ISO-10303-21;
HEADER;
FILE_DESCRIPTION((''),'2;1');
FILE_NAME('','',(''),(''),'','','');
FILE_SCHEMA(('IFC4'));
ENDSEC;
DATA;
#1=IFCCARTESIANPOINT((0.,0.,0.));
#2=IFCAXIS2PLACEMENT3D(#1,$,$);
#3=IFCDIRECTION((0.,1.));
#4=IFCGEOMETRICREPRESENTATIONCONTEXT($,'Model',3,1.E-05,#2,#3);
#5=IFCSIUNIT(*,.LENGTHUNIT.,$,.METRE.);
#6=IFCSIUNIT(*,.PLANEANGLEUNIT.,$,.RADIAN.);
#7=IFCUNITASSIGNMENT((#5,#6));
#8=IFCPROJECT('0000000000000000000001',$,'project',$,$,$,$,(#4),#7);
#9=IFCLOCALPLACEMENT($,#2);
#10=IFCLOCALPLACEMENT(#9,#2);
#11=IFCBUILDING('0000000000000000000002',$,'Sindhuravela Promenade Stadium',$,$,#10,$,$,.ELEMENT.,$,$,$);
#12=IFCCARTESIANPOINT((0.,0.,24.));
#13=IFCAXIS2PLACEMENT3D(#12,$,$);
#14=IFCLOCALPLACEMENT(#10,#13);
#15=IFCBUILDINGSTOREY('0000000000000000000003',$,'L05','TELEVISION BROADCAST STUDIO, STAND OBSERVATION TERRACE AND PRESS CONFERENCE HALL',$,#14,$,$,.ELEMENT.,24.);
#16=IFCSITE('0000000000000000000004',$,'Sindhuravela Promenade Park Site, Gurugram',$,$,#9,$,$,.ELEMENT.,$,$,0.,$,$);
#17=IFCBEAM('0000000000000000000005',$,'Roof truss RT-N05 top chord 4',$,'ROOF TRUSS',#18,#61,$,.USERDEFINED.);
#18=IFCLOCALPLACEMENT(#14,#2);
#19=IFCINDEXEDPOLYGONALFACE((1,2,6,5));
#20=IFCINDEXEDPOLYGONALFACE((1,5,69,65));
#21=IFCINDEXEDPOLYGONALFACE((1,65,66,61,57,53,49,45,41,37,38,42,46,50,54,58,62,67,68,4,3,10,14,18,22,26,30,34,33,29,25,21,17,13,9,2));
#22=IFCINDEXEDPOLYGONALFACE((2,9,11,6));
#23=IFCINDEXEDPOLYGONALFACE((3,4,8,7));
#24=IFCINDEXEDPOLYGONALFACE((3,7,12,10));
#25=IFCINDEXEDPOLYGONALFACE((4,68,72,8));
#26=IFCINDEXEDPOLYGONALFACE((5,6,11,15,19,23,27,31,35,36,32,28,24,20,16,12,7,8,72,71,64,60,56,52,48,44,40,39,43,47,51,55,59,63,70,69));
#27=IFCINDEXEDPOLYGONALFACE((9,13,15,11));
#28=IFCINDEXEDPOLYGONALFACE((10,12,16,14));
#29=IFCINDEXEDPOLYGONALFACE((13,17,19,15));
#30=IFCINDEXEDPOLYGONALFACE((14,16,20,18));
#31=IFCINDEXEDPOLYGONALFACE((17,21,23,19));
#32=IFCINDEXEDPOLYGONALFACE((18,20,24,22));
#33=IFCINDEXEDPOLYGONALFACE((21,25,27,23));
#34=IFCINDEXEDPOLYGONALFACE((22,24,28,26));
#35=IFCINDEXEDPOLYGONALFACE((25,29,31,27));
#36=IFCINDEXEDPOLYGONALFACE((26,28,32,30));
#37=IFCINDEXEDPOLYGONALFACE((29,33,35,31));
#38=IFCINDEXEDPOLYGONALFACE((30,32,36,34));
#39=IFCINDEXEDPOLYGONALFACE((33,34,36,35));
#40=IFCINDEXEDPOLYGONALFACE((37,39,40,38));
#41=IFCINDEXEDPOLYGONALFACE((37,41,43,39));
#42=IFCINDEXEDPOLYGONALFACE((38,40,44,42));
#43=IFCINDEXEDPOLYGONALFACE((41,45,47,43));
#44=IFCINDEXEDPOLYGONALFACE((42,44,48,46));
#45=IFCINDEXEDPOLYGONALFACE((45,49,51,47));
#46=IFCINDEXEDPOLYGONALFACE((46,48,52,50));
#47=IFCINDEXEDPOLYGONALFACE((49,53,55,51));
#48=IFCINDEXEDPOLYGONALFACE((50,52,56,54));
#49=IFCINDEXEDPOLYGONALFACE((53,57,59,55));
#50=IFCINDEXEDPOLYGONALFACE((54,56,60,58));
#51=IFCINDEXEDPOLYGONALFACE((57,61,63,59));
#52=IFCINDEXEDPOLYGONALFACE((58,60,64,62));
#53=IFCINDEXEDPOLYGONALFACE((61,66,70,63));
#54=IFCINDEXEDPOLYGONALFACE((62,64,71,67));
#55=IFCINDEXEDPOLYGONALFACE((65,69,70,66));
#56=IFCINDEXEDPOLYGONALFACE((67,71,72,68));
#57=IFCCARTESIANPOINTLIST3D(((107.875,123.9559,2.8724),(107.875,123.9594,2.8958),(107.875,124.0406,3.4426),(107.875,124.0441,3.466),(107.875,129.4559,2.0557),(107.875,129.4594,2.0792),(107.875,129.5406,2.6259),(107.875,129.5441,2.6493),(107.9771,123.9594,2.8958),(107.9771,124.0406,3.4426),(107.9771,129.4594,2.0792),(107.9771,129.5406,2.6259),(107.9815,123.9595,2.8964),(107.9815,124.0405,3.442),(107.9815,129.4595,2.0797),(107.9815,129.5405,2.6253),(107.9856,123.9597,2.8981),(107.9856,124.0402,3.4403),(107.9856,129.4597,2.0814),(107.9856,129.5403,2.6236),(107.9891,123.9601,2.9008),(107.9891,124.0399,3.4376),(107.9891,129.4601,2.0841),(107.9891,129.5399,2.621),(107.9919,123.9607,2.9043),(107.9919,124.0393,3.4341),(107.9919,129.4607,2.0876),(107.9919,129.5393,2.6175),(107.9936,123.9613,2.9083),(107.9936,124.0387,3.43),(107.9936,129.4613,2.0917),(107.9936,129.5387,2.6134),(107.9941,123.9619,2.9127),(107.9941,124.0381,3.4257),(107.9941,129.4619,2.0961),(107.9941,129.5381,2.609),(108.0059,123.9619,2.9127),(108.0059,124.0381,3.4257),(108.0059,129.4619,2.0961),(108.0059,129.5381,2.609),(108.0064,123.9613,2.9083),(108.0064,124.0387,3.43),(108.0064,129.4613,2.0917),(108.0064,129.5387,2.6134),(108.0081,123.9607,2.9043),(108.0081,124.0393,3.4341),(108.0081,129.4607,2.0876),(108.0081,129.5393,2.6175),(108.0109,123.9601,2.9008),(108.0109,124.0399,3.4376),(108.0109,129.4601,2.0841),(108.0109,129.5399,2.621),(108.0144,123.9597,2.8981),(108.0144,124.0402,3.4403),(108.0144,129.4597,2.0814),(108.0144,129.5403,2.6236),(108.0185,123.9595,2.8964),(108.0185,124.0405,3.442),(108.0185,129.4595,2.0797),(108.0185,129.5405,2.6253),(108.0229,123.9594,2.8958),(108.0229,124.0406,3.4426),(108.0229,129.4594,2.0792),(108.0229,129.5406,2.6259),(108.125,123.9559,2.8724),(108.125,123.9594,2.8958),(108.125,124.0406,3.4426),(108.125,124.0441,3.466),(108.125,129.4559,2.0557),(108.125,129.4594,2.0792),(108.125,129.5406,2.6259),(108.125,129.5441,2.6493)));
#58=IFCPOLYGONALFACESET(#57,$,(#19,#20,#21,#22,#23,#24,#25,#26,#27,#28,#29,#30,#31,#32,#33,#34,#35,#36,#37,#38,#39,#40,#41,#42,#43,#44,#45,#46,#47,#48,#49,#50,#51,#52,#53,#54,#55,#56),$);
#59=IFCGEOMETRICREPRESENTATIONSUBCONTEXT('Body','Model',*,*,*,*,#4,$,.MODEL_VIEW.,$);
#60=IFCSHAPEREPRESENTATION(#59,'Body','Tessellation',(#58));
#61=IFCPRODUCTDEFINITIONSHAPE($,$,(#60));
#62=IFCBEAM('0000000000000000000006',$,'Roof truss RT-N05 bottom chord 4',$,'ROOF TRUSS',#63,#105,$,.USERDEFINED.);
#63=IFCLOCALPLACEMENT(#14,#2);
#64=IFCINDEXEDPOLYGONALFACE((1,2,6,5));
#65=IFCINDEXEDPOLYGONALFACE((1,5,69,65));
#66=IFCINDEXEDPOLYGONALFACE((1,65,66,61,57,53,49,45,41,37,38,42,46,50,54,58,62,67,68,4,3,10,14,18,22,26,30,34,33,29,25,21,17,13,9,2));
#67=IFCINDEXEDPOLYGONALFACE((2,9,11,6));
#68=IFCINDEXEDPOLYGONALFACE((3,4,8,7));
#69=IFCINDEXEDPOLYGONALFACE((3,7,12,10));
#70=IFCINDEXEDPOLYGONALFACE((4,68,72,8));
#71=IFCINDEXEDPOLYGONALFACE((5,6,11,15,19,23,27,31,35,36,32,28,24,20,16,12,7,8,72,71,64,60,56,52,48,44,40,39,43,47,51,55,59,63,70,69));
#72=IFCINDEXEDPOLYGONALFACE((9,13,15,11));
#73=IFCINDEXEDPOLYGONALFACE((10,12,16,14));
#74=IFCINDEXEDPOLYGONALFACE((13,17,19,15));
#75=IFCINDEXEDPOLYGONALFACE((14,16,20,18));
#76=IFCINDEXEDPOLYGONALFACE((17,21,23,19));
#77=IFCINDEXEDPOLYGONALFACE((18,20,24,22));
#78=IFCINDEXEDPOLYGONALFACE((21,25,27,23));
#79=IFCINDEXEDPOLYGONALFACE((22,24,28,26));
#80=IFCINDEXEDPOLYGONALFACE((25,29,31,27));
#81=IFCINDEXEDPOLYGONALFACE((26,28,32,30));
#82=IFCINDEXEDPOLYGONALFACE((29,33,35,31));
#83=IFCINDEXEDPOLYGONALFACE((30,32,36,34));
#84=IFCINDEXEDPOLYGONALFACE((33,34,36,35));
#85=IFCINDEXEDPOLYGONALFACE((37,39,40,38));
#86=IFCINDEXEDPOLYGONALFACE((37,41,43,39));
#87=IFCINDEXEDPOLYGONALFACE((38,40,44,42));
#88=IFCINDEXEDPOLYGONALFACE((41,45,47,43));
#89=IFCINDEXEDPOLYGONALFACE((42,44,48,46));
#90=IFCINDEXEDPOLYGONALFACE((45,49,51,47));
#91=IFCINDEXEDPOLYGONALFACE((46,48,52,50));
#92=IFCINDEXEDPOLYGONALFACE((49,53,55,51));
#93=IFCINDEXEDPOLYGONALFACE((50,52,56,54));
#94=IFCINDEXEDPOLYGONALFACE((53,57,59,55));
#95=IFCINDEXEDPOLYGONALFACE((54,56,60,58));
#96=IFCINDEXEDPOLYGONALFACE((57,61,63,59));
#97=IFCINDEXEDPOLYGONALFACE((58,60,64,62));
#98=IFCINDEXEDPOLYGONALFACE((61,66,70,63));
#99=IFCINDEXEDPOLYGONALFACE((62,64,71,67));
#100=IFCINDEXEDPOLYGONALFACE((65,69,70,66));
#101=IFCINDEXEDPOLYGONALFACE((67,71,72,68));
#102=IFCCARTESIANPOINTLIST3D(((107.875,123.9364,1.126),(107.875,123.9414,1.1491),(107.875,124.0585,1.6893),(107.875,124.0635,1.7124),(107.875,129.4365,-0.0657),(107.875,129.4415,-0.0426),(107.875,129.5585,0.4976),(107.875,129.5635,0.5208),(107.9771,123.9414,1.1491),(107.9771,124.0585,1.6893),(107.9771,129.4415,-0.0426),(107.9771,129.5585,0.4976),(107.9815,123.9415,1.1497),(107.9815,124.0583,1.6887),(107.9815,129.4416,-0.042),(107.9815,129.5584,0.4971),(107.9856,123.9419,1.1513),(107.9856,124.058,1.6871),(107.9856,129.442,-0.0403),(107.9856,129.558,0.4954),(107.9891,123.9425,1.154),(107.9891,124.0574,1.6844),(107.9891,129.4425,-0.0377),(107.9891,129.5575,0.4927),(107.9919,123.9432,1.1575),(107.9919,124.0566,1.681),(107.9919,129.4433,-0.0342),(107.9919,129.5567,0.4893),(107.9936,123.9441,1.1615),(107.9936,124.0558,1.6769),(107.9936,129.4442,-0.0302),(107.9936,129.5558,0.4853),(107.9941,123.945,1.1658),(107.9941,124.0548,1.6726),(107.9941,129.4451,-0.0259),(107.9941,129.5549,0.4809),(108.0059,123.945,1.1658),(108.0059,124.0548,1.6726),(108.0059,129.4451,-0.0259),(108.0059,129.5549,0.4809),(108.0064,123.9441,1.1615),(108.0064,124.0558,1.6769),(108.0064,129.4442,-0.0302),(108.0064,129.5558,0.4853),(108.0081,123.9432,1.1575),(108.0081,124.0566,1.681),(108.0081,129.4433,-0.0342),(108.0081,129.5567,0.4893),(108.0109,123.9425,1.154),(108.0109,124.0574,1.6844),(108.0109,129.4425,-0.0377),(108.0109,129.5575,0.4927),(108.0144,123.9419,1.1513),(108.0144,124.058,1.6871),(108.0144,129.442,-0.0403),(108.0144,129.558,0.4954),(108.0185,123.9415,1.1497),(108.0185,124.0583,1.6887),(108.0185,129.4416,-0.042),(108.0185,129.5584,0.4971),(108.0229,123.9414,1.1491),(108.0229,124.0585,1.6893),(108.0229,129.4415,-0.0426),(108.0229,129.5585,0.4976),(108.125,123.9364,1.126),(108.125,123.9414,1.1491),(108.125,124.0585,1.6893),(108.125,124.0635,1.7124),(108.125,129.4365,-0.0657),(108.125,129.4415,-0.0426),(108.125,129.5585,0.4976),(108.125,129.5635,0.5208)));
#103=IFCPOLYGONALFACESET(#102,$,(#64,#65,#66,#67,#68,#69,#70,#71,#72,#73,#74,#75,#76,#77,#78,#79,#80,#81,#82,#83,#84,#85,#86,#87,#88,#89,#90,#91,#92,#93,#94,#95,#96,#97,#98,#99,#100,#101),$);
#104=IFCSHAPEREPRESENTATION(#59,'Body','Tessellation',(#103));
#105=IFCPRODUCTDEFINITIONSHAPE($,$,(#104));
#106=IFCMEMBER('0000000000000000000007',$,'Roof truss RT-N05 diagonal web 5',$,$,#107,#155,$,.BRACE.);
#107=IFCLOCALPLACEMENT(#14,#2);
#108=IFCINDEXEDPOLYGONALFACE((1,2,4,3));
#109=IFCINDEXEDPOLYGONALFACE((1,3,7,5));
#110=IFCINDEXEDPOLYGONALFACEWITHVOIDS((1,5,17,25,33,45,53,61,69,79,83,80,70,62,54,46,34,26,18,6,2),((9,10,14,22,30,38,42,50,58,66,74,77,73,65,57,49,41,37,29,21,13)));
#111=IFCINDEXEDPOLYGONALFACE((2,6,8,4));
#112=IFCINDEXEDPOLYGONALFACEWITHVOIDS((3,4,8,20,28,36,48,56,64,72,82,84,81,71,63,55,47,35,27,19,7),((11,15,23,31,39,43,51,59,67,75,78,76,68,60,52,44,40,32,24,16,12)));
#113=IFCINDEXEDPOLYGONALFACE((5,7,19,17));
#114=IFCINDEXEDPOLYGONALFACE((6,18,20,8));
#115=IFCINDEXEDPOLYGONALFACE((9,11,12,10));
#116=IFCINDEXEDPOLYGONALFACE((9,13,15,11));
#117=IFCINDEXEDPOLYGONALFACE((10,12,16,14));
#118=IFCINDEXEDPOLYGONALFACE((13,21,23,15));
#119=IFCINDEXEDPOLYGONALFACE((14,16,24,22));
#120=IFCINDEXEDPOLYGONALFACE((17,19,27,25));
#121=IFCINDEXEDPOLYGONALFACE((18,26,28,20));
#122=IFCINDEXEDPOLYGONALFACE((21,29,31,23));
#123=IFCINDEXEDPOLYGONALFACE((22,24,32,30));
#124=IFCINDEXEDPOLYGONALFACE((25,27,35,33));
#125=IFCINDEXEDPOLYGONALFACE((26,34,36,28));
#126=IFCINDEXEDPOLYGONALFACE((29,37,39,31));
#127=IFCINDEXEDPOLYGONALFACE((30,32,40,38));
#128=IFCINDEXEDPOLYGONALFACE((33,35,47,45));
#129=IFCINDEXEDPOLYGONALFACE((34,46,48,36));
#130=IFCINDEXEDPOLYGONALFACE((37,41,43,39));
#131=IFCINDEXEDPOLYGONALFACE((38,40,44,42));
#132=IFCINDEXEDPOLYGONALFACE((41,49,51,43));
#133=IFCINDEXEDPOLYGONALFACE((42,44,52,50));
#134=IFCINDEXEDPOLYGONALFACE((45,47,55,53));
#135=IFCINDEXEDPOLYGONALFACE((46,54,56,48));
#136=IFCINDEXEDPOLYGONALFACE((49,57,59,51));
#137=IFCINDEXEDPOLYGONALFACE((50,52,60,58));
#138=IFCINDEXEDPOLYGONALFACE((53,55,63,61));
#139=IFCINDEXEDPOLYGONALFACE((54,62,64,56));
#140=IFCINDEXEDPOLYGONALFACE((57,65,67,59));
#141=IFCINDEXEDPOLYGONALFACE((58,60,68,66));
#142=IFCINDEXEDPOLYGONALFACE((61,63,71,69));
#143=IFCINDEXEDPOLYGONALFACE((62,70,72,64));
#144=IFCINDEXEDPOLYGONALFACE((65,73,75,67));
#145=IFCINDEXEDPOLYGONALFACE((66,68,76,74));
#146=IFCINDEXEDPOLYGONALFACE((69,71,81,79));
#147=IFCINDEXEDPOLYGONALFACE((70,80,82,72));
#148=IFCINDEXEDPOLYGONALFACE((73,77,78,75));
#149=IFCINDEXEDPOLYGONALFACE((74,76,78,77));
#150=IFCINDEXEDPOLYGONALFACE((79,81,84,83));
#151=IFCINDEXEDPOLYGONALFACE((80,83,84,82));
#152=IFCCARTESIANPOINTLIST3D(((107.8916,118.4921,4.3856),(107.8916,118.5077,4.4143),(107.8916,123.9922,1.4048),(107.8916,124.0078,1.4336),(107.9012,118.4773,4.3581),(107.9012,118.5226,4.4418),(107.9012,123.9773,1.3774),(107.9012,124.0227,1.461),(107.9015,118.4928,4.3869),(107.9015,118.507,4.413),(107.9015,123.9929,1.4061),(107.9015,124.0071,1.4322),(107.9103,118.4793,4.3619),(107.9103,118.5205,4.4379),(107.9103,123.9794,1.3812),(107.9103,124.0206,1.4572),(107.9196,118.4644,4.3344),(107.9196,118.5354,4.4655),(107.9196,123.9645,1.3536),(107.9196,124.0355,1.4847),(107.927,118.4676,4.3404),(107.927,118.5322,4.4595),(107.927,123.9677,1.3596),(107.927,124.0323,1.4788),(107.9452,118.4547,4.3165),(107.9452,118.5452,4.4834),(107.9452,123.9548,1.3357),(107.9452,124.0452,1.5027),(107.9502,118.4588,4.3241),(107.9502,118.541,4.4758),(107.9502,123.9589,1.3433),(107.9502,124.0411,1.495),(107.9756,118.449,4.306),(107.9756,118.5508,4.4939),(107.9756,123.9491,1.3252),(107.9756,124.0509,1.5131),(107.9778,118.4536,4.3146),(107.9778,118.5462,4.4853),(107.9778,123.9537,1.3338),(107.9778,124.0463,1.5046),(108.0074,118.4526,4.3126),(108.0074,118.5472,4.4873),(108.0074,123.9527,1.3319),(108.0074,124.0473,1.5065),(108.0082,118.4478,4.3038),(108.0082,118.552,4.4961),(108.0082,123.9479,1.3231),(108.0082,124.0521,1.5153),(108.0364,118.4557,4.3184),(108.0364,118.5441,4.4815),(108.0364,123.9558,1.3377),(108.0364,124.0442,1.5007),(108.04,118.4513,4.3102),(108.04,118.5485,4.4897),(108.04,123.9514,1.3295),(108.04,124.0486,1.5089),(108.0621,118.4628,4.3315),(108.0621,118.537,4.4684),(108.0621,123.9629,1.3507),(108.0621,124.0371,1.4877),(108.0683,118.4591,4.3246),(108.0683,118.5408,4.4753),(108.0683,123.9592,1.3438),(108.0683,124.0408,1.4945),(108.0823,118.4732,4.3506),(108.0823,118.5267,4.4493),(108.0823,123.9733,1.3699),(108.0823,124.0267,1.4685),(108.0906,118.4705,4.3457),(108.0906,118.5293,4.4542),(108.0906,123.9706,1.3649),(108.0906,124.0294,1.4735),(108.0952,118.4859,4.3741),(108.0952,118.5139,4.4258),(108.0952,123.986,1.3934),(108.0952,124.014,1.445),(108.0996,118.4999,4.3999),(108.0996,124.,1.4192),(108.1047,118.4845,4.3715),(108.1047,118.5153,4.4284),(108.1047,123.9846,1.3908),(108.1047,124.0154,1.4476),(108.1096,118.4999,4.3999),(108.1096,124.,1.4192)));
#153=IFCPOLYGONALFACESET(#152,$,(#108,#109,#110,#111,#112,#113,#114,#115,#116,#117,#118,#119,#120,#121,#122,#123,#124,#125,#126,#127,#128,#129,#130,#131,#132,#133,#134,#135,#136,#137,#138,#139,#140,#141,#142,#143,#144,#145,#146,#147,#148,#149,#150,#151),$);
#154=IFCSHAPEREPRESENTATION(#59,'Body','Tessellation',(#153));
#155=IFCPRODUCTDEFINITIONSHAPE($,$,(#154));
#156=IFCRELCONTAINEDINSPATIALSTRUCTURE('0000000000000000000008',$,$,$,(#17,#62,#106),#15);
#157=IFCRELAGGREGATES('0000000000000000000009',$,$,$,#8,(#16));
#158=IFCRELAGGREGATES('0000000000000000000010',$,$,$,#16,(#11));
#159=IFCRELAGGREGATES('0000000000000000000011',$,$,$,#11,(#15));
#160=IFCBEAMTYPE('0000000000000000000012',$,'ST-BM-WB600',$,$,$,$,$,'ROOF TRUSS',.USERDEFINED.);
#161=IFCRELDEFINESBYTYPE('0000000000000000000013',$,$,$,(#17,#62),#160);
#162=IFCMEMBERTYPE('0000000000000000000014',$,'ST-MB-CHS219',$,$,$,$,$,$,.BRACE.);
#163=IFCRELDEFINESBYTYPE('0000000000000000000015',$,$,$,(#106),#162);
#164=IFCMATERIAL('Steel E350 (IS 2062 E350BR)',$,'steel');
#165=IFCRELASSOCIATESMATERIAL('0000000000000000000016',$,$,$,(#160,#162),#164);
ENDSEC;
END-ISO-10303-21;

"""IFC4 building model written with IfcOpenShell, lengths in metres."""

from ifc_helpers import new_model, si_unit, direction, frame, origin, origin_2d, place, context, subcontext, project, spatial, hollow_circle, i_section, extrude, material, material_profile, profile_set, type_object, element, save


model = new_model("IFC4")

# Units and contexts
model_context = context("Model", 3, precision=1e-05, world=origin(), true_north=direction((0.0, 1.0)))
body_context = subcontext(model_context, "Body", "Model", "MODEL_VIEW")
ifc_project = project(units=[si_unit("LENGTHUNIT", "METRE"), si_unit("PLANEANGLEUNIT", "RADIAN")], contexts=[model_context])

# Site, building, storey
site_placement = place(None, origin())
site = spatial("IfcSite", under=ifc_project, at=site_placement, Name="Sindhuravela Promenade Park Site, Gurugram", CompositionType="ELEMENT", RefElevation=0.0)
building_placement = place(site_placement, origin())
building = spatial("IfcBuilding", under=site, at=building_placement, Name="Sindhuravela Promenade Stadium", CompositionType="ELEMENT")
storey_placement = place(building_placement, frame((0.0, 0.0, 24.0)))
storey = spatial("IfcBuildingStorey", under=building, at=storey_placement, Name="L05", Description="TELEVISION BROADCAST STUDIO, STAND OBSERVATION TERRACE AND PRESS CONFERENCE HALL", CompositionType="ELEMENT", Elevation=24.0)

# Beams
ifc_material_1 = material(Name="Steel E350 (IS 2062 E350BR)", Category="steel")
ifc_material_profile_1 = material_profile(ifc_material_1, i_section(OverallWidth=0.25, OverallDepth=0.6001, WebThickness=0.0117, FlangeThickness=0.0237, FilletRadius=0.0171, at=origin_2d()), Name="ISWB 600")
ifc_profile_set_1 = profile_set([ifc_material_profile_1], Name="Steel E350 (IS 2062 E350BR)")
beam_type_1 = type_object("IfcBeamType", Name="ST-BM-WB600", ElementType="ROOF TRUSS", PredefinedType="USERDEFINED", material=ifc_profile_set_1)
beam_1_placement = place(storey_placement, frame((108.0, 129.5, 2.3525), z_axis=(0.0, -0.989156, 0.146872), x_axis=(1.0, 0.0, 0.0)))
element("IfcBeam", 1, at=beam_1_placement, inside=storey, type_object=beam_type_1, Name="Roof truss RT-N05 top chord 4", ObjectType="ROOF TRUSS", PredefinedType="USERDEFINED", context=body_context, shape_type="SweptSolid", body=[
    extrude(i_section(OverallWidth=0.25, OverallDepth=0.6001, WebThickness=0.0117, FlangeThickness=0.0237, FilletRadius=0.0171, at=origin_2d()), origin(), (0.0, 0.0, 1.0), 5.5603),
])
beam_2_placement = place(storey_placement, frame((108.0, 129.5, 0.2275), z_axis=(0.0, -0.977324, 0.211751), x_axis=(1.0, 0.0, 0.0)))
element("IfcBeam", 2, at=beam_2_placement, inside=storey, type_object=beam_type_1, Name="Roof truss RT-N05 bottom chord 4", ObjectType="ROOF TRUSS", PredefinedType="USERDEFINED", context=body_context, shape_type="SweptSolid", body=[
    extrude(i_section(OverallWidth=0.25, OverallDepth=0.6001, WebThickness=0.0117, FlangeThickness=0.0237, FilletRadius=0.0171, at=origin_2d()), origin(), (0.0, 0.0, 1.0), 5.6277),
])

# Member
ifc_material_profile_2 = material_profile(ifc_material_1, hollow_circle(Radius=0.1096, WallThickness=0.01, at=origin_2d()), Name="CHS 219.1x10")
ifc_profile_set_2 = profile_set([ifc_material_profile_2], Name="Steel E350 (IS 2062 E350BR)")
member_type_1 = type_object("IfcMemberType", Name="ST-MB-CHS219", PredefinedType="BRACE", material=ifc_profile_set_2)
member_1_placement = place(storey_placement, frame((108.0, 124.0, 1.4192), z_axis=(0.0, -0.879188, 0.476474), x_axis=(1.0, 0.0, 0.0)))
element("IfcMember", 3, at=member_1_placement, inside=storey, type_object=member_type_1, Name="Roof truss RT-N05 diagonal web 5", PredefinedType="BRACE", context=body_context, shape_type="SweptSolid", body=[
    extrude(hollow_circle(Radius=0.1096, WallThickness=0.01, at=origin_2d()), origin(), (0.0, 0.0, 1.0), 6.2559),
])

save(model, "model.ifc")
